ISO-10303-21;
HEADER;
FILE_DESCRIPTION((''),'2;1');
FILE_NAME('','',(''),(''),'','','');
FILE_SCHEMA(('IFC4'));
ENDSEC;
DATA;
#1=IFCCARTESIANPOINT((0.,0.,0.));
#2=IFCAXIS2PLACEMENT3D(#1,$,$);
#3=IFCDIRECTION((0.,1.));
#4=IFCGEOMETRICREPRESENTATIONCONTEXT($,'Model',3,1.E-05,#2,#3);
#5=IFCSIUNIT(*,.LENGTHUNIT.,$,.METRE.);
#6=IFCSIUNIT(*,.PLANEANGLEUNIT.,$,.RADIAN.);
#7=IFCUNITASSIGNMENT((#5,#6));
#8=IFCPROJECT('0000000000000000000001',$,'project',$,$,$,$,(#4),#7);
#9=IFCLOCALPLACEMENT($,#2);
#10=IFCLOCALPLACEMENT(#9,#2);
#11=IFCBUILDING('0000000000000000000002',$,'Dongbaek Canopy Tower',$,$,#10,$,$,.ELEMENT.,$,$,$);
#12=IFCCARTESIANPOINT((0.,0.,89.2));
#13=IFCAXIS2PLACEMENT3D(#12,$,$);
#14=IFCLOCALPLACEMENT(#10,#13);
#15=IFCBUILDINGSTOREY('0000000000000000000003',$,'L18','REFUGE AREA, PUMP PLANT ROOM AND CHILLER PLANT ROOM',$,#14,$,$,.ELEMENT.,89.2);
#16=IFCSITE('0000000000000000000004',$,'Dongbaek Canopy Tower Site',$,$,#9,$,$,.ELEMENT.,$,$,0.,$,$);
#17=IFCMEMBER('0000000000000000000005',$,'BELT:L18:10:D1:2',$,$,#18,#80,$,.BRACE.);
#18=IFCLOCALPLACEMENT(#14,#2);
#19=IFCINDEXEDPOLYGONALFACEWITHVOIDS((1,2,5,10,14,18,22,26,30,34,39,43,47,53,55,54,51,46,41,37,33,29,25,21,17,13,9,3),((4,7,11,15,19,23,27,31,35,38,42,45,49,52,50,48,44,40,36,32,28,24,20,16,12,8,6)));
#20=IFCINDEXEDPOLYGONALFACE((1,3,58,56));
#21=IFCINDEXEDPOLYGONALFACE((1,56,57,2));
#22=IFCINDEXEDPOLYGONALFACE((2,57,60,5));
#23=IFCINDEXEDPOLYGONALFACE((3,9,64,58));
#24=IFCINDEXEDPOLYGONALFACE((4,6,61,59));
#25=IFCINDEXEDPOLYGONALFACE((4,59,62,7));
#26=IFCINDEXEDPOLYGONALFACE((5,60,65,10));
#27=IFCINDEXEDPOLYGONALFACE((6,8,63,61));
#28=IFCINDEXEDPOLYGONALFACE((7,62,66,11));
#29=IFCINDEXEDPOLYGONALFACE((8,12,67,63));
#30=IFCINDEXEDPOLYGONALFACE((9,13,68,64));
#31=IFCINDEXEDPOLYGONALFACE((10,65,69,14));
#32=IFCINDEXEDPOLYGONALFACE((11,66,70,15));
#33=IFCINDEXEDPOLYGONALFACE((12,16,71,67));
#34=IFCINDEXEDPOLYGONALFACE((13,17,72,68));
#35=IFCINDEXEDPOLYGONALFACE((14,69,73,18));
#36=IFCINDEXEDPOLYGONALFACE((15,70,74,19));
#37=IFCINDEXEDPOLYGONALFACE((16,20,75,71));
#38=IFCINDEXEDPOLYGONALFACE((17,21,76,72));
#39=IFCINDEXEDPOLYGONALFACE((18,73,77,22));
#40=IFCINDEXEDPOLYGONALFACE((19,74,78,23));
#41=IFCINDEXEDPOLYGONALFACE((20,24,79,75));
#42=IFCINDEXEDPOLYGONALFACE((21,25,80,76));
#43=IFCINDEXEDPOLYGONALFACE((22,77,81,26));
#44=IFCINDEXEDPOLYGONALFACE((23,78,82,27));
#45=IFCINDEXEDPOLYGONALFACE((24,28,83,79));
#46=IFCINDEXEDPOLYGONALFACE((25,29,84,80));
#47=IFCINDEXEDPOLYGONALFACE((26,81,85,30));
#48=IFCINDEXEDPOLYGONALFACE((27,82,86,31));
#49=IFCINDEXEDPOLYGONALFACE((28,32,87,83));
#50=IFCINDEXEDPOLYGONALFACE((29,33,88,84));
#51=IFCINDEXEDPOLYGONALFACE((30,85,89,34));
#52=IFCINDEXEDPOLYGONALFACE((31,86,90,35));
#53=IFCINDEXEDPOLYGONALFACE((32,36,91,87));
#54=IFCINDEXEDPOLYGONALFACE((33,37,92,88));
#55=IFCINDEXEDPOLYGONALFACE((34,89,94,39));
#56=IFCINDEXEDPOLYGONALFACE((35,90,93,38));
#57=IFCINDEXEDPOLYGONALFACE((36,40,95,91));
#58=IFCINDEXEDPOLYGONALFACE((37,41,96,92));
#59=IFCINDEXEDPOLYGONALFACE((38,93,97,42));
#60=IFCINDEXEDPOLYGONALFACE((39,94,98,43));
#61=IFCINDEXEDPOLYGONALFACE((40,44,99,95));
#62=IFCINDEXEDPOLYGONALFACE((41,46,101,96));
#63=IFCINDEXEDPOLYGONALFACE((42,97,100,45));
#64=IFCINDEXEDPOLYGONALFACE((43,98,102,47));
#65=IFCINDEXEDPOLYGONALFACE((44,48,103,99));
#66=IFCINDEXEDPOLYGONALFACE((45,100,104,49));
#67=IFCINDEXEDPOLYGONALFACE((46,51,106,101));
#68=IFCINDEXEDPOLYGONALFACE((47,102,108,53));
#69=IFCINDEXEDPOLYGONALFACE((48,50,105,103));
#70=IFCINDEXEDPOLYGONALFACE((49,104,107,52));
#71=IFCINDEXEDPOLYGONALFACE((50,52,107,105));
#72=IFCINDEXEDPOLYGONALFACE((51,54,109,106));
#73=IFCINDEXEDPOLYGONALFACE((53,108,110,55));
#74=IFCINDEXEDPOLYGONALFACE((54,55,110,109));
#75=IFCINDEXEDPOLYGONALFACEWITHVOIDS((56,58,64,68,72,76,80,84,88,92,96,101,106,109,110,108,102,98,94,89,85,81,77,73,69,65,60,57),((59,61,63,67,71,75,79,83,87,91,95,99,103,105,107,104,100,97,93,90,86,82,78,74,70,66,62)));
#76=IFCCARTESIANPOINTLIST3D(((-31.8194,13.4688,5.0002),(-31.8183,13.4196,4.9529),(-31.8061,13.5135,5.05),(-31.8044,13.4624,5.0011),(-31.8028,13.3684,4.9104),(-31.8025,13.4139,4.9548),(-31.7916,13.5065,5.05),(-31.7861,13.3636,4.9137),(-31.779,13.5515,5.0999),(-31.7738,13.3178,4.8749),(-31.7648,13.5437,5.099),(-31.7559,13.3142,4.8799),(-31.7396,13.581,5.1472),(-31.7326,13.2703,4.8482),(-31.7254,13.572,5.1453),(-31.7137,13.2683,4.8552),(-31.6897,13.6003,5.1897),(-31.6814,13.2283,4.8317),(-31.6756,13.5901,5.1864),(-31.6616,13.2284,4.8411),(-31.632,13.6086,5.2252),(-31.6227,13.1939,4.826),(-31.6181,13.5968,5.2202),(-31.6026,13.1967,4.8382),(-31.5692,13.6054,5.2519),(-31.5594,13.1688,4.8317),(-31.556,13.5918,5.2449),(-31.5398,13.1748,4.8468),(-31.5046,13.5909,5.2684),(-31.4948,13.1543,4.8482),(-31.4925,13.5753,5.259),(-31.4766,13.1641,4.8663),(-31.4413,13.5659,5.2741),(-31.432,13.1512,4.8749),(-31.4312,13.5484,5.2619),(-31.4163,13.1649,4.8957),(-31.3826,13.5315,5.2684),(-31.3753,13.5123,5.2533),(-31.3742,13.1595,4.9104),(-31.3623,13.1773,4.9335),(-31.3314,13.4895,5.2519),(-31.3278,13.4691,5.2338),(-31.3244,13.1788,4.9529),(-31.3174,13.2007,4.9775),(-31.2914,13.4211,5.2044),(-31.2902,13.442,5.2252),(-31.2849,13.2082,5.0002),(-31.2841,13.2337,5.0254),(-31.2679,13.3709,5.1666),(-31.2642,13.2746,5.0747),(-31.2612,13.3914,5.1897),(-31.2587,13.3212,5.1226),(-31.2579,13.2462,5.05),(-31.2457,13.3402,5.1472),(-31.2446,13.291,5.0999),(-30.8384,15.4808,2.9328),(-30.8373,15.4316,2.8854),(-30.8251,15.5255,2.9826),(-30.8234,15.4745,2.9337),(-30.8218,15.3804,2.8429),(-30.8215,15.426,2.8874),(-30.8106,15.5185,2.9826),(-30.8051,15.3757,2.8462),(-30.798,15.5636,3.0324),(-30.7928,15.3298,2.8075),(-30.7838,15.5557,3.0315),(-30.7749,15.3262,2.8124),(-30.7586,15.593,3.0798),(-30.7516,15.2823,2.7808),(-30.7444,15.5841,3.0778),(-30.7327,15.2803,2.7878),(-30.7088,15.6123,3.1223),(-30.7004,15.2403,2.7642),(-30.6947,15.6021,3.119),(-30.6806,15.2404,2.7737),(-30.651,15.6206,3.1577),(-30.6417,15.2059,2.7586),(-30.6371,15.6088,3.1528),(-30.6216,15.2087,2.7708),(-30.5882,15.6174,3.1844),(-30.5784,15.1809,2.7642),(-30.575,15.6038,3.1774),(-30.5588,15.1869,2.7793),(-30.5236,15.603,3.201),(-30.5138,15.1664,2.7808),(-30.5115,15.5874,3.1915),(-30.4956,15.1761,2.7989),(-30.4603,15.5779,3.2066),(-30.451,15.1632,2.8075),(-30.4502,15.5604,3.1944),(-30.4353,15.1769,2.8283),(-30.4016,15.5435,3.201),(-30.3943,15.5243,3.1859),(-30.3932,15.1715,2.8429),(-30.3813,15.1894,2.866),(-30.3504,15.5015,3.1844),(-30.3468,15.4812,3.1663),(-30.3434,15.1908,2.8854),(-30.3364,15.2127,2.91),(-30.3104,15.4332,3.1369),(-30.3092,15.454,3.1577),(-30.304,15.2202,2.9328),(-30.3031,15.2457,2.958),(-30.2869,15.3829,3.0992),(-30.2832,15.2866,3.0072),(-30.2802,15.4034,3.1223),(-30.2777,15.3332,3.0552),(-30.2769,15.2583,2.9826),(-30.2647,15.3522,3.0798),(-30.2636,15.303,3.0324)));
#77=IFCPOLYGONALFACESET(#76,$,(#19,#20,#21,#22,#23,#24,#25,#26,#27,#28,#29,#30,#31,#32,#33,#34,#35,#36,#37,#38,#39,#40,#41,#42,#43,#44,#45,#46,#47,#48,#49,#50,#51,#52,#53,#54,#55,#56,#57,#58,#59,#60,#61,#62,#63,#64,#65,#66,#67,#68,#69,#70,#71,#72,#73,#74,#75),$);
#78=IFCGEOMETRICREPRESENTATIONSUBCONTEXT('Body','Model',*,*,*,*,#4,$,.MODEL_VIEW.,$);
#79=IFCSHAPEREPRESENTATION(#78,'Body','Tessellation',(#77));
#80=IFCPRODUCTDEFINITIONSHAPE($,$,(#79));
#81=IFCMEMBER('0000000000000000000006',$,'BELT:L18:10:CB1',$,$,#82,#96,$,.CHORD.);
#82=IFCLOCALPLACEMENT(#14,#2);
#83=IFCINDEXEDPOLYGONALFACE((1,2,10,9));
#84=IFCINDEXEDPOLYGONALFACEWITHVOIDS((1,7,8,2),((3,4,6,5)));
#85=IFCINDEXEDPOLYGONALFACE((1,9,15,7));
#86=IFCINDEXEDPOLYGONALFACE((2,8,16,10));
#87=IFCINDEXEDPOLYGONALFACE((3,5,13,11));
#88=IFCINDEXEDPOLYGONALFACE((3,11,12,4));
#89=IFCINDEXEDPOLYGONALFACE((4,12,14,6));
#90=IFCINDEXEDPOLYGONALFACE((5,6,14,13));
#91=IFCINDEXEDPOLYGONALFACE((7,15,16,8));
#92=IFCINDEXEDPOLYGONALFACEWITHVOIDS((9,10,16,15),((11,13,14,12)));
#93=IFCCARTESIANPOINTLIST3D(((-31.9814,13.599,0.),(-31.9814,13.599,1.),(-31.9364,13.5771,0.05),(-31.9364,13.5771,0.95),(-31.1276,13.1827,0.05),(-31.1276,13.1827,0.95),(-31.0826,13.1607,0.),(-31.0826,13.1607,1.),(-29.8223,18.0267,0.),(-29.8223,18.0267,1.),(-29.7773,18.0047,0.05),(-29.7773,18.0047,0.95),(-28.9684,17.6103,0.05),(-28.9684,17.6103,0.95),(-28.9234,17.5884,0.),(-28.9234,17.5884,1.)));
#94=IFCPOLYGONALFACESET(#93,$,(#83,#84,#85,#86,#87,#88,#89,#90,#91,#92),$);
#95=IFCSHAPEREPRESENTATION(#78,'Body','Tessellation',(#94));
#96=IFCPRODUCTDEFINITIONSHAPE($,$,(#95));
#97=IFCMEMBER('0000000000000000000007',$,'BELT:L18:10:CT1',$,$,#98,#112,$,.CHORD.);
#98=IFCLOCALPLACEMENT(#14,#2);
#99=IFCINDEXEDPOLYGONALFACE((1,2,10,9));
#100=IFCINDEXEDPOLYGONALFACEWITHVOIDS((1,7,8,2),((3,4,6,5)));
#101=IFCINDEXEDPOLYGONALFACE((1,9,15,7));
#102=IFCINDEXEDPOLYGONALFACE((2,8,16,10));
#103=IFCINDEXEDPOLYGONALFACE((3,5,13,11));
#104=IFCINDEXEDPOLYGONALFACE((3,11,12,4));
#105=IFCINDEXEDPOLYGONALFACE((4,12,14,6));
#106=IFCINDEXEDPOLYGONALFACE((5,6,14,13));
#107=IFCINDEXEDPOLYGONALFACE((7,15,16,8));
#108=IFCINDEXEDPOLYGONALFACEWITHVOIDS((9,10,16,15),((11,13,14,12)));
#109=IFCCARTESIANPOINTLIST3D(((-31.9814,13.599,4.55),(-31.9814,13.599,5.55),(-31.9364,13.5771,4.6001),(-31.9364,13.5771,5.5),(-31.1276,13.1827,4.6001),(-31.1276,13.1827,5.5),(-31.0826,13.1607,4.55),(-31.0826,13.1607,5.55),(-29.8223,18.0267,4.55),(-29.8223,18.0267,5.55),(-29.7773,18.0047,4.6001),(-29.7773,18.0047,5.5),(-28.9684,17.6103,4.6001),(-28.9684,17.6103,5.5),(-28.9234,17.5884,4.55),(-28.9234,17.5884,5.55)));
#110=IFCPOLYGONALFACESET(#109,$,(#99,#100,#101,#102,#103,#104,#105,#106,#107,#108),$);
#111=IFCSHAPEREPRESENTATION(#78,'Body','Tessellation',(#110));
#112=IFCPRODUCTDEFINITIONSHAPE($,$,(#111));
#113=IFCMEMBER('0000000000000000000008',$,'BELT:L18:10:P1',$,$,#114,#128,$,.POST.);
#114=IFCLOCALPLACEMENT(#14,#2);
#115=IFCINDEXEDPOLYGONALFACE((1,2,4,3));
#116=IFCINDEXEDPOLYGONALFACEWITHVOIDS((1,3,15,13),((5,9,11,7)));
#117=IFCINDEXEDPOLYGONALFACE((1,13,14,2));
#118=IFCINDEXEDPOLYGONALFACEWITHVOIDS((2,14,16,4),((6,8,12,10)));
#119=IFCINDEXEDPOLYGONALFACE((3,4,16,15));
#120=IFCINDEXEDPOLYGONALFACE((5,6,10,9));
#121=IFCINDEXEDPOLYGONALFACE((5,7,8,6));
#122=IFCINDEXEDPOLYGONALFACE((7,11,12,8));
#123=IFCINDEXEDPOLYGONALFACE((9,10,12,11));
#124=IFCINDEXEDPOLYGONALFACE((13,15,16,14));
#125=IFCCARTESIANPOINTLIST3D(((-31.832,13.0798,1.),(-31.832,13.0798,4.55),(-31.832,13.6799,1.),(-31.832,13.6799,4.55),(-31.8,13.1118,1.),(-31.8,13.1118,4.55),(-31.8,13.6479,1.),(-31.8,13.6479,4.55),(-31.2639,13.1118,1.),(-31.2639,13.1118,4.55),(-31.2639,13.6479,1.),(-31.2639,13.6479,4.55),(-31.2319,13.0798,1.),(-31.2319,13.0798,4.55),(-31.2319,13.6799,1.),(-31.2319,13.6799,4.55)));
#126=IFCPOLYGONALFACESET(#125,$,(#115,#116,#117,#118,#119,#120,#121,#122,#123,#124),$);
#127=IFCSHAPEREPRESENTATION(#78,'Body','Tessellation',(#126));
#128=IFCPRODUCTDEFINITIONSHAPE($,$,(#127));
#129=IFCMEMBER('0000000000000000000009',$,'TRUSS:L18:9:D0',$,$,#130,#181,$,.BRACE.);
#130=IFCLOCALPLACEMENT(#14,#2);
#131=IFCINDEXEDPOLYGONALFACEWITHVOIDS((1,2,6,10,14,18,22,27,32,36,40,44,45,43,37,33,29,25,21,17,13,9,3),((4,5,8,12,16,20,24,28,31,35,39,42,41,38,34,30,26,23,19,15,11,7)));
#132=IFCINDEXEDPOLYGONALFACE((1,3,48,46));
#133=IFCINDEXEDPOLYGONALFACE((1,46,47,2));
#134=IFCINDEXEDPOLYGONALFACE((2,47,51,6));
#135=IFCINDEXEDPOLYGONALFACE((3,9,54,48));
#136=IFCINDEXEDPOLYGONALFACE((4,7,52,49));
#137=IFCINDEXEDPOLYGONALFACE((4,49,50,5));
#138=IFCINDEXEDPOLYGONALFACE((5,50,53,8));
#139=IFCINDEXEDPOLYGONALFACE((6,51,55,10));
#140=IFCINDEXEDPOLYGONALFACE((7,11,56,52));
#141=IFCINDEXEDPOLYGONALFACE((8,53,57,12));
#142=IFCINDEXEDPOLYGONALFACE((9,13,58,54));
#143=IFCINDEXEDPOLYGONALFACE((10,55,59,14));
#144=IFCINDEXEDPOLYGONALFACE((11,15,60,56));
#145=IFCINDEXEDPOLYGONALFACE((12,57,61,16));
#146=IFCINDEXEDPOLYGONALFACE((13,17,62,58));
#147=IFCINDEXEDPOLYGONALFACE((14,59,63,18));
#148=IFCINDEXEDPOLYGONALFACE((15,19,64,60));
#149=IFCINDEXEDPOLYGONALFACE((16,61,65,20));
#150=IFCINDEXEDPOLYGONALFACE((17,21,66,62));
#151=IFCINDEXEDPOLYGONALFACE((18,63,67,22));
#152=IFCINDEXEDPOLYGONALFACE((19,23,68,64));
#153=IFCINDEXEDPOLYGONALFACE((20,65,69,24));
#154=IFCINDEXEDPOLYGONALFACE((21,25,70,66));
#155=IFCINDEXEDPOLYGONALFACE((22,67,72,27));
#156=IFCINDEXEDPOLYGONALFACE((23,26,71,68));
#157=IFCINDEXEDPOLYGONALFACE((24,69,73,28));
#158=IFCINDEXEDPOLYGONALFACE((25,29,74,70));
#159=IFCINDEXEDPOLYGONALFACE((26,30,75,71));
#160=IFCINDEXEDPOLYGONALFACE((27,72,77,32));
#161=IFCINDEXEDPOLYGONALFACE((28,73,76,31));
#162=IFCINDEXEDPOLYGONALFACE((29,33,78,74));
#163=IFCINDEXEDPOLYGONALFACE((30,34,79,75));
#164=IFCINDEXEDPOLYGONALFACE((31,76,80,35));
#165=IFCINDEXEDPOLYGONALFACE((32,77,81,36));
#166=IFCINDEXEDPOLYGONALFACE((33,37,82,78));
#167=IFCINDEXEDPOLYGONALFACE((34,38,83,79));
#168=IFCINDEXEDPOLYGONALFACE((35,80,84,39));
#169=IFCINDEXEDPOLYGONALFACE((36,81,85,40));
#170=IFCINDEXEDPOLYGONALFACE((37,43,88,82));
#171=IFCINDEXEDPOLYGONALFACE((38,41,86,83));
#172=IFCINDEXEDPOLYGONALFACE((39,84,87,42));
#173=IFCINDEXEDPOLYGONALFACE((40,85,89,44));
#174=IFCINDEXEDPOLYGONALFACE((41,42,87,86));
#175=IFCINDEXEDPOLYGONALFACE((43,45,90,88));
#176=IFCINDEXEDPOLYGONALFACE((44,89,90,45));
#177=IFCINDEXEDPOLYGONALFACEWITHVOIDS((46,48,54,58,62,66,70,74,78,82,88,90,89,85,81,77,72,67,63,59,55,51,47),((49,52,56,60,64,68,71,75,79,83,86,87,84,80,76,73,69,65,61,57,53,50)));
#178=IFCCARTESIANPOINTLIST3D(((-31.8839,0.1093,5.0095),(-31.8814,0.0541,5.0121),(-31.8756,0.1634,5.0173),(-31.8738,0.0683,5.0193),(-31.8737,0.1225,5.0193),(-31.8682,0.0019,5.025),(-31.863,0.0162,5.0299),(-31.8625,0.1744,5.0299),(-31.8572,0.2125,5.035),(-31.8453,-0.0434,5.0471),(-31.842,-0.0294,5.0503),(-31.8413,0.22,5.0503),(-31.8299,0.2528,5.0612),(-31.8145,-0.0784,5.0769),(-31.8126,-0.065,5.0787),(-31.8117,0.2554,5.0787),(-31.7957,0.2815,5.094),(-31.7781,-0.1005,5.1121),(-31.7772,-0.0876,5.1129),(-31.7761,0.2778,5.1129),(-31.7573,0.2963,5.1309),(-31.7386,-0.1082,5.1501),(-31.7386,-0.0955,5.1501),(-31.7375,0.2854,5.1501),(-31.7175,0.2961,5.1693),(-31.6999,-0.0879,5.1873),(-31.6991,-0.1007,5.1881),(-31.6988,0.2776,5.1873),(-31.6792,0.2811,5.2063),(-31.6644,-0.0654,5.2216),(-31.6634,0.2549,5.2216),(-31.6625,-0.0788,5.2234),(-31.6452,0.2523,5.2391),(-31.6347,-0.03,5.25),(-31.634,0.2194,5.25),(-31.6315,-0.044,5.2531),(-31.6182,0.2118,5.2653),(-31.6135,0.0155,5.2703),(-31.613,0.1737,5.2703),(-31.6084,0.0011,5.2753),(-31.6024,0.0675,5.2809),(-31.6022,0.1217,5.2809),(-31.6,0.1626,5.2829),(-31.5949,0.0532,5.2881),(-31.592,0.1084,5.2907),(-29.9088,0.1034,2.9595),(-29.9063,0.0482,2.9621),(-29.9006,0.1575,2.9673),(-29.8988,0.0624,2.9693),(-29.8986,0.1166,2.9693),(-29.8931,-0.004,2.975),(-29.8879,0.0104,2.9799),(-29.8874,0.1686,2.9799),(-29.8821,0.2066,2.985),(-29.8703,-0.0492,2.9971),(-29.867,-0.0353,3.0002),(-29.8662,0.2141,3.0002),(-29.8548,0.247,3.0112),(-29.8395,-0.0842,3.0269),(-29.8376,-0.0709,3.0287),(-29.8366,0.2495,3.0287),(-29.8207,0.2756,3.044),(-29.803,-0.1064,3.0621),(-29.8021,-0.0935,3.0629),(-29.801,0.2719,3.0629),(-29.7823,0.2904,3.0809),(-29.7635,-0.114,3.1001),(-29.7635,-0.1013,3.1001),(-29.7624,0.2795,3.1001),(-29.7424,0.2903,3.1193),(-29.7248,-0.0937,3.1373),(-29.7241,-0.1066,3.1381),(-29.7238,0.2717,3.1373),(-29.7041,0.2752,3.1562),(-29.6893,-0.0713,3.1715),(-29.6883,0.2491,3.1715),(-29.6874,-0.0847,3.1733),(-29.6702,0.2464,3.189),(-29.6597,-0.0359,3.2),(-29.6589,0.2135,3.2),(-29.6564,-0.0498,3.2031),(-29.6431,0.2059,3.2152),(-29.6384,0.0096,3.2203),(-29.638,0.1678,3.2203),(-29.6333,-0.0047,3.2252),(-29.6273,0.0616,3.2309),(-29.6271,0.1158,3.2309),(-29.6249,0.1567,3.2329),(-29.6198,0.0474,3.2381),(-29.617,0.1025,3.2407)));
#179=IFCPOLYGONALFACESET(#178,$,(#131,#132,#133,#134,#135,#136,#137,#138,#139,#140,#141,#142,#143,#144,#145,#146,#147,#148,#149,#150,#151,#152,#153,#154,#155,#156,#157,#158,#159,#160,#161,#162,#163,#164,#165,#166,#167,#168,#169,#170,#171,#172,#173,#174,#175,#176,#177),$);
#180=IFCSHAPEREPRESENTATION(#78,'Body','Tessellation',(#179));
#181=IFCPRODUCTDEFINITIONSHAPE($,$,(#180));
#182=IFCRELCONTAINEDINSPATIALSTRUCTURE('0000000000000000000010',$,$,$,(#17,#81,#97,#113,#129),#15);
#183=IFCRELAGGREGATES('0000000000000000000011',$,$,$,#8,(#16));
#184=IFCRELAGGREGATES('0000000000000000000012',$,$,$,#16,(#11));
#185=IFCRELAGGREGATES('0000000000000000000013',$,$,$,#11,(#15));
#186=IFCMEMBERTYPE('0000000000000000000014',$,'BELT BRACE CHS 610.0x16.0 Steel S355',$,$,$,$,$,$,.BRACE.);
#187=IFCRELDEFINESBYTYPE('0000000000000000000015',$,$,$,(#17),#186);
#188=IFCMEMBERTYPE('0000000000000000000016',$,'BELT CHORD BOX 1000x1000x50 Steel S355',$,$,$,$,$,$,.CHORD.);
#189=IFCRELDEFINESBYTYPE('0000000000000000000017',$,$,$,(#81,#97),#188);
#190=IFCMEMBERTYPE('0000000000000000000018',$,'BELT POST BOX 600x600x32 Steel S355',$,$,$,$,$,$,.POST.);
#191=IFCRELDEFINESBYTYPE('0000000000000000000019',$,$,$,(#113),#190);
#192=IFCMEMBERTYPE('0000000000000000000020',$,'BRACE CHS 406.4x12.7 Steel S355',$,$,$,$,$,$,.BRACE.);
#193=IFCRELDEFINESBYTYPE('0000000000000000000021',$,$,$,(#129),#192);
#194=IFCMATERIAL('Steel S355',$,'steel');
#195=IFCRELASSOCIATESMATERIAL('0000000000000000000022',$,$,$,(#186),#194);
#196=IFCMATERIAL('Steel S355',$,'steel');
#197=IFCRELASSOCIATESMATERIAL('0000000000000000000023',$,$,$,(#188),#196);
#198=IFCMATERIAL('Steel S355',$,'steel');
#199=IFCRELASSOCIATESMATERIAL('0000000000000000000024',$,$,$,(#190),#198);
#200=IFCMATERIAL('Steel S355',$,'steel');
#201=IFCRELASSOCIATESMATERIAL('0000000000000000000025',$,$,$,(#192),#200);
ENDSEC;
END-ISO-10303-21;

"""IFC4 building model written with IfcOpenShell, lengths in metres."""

from ifc_helpers import new_model, si_unit, direction, frame, origin, origin_2d, place, context, subcontext, project, spatial, hollow_rectangle, hollow_circle, extrude, material, material_profile, profile_set, type_object, element, save


model = new_model("IFC4")

# Units and contexts
model_context = context("Model", 3, precision=1e-05, world=origin(), true_north=direction((0.0, 1.0)))
body_context = subcontext(model_context, "Body", "Model", "MODEL_VIEW")
ifc_project = project(units=[si_unit("LENGTHUNIT", "METRE"), si_unit("PLANEANGLEUNIT", "RADIAN")], contexts=[model_context])

# Site, building, storey
site_placement = place(None, origin())
site = spatial("IfcSite", under=ifc_project, at=site_placement, Name="Dongbaek Canopy Tower Site", CompositionType="ELEMENT", RefElevation=0.0)
building_placement = place(site_placement, origin())
building = spatial("IfcBuilding", under=site, at=building_placement, Name="Dongbaek Canopy Tower", CompositionType="ELEMENT")
storey_placement = place(building_placement, frame((0.0, 0.0, 89.2)))
storey = spatial("IfcBuildingStorey", under=building, at=storey_placement, Name="L18", Description="REFUGE AREA, PUMP PLANT ROOM AND CHILLER PLANT ROOM", CompositionType="ELEMENT", Elevation=89.2)

# Members
ifc_material_1 = material(Name="Steel S355", Category="steel")
ifc_material_profile_1 = material_profile(ifc_material_1, hollow_circle(Radius=0.3049, WallThickness=0.0161, at=origin_2d()), Name="BELT BRACE CHS 610.0x16.0 Steel S355")
ifc_profile_set_1 = profile_set([ifc_material_profile_1], Name="Steel S355")
member_type_1 = type_object("IfcMemberType", Name="BELT BRACE CHS 610.0x16.0 Steel S355", PredefinedType="BRACE", material=ifc_profile_set_1)
member_1_placement = place(storey_placement, frame((-31.532, 13.3799, 5.05), z_axis=(0.32194, 0.660305, -0.678493), x_axis=(-0.898854, 0.438247, 0.0)))
element("IfcMember", 1, at=member_1_placement, inside=storey, type_object=member_type_1, Name="BELT:L18:10:D1:2", PredefinedType="BRACE", context=body_context, shape_type="SweptSolid", body=[
    extrude(hollow_circle(Radius=0.3049, WallThickness=0.0161, at=origin_2d()), origin(), (0.0, 0.0, 1.0), 3.0471),
])
ifc_material_2 = material(Name="Steel S355", Category="steel")
ifc_material_profile_2 = material_profile(ifc_material_2, hollow_rectangle(XDim=1.0, YDim=1.0, WallThickness=0.05, at=origin_2d()), Name="BELT CHORD BOX 1000x1000x50 Steel S355")
ifc_profile_set_2 = profile_set([ifc_material_profile_2], Name="Steel S355")
member_type_2 = type_object("IfcMemberType", Name="BELT CHORD BOX 1000x1000x50 Steel S355", PredefinedType="CHORD", material=ifc_profile_set_2)
for number, where, z_axis, x_axis, name in (
    (2, (-31.532, 13.3799, 0.5), (0.43831, 0.898824, 0.0), (-0.898824, 0.43831, 0.0), "BELT:L18:10:CB1"),
    (3, (-31.532, 13.3799, 5.05), (0.43831, 0.898824, 0.0), (-0.898824, 0.43831, 0.0), "BELT:L18:10:CT1"),
):
    element("IfcMember", number, at=place(storey_placement, frame(where, z_axis=z_axis, x_axis=x_axis)), inside=storey, type_object=member_type_2, Name=name, PredefinedType="CHORD", context=body_context, shape_type="SweptSolid", body=[
        extrude(hollow_rectangle(XDim=1.0, YDim=1.0, WallThickness=0.05, at=origin_2d()), origin(), (0.0, 0.0, 1.0), 4.926),
    ])
ifc_material_3 = material(Name="Steel S355", Category="steel")
ifc_material_profile_3 = material_profile(ifc_material_3, hollow_rectangle(XDim=0.6001, YDim=0.6001, WallThickness=0.032, at=origin_2d()), Name="BELT POST BOX 600x600x32 Steel S355")
ifc_profile_set_3 = profile_set([ifc_material_profile_3], Name="Steel S355")
member_type_3 = type_object("IfcMemberType", Name="BELT POST BOX 600x600x32 Steel S355", PredefinedType="POST", material=ifc_profile_set_3)
member_2_placement = place(storey_placement, frame((-31.532, 13.3799, 1.0), z_axis=(0.0, 0.0, 1.0), x_axis=(1.0, 0.0, 0.0)))
element("IfcMember", 4, at=member_2_placement, inside=storey, type_object=member_type_3, Name="BELT:L18:10:P1", PredefinedType="POST", context=body_context, shape_type="SweptSolid", body=[
    extrude(hollow_rectangle(XDim=0.6001, YDim=0.6001, WallThickness=0.032, at=origin_2d()), origin(), (0.0, 0.0, 1.0), 3.55),
])
ifc_material_4 = material(Name="Steel S355", Category="steel")
ifc_material_profile_4 = material_profile(ifc_material_4, hollow_circle(Radius=0.2031, WallThickness=0.0127, at=origin_2d()), Name="BRACE CHS 406.4x12.7 Steel S355")
ifc_profile_set_4 = profile_set([ifc_material_profile_4], Name="Steel S355")
member_type_4 = type_object("IfcMemberType", Name="BRACE CHS 406.4x12.7 Steel S355", PredefinedType="BRACE", material=ifc_profile_set_4)
member_3_placement = place(storey_placement, frame((-29.7629, 0.0891, 3.1001), z_axis=(-0.693818, 0.002058, 0.720147), x_axis=(-0.002967, -0.999996, 0.0)))
element("IfcMember", 5, at=member_3_placement, inside=storey, type_object=member_type_4, Name="TRUSS:L18:9:D0", PredefinedType="BRACE", context=body_context, shape_type="SweptSolid", body=[
    extrude(hollow_circle(Radius=0.2031, WallThickness=0.0127, at=origin_2d()), origin(), (0.0, 0.0, 1.0), 2.8467),
])

save(model, "model.ifc")
